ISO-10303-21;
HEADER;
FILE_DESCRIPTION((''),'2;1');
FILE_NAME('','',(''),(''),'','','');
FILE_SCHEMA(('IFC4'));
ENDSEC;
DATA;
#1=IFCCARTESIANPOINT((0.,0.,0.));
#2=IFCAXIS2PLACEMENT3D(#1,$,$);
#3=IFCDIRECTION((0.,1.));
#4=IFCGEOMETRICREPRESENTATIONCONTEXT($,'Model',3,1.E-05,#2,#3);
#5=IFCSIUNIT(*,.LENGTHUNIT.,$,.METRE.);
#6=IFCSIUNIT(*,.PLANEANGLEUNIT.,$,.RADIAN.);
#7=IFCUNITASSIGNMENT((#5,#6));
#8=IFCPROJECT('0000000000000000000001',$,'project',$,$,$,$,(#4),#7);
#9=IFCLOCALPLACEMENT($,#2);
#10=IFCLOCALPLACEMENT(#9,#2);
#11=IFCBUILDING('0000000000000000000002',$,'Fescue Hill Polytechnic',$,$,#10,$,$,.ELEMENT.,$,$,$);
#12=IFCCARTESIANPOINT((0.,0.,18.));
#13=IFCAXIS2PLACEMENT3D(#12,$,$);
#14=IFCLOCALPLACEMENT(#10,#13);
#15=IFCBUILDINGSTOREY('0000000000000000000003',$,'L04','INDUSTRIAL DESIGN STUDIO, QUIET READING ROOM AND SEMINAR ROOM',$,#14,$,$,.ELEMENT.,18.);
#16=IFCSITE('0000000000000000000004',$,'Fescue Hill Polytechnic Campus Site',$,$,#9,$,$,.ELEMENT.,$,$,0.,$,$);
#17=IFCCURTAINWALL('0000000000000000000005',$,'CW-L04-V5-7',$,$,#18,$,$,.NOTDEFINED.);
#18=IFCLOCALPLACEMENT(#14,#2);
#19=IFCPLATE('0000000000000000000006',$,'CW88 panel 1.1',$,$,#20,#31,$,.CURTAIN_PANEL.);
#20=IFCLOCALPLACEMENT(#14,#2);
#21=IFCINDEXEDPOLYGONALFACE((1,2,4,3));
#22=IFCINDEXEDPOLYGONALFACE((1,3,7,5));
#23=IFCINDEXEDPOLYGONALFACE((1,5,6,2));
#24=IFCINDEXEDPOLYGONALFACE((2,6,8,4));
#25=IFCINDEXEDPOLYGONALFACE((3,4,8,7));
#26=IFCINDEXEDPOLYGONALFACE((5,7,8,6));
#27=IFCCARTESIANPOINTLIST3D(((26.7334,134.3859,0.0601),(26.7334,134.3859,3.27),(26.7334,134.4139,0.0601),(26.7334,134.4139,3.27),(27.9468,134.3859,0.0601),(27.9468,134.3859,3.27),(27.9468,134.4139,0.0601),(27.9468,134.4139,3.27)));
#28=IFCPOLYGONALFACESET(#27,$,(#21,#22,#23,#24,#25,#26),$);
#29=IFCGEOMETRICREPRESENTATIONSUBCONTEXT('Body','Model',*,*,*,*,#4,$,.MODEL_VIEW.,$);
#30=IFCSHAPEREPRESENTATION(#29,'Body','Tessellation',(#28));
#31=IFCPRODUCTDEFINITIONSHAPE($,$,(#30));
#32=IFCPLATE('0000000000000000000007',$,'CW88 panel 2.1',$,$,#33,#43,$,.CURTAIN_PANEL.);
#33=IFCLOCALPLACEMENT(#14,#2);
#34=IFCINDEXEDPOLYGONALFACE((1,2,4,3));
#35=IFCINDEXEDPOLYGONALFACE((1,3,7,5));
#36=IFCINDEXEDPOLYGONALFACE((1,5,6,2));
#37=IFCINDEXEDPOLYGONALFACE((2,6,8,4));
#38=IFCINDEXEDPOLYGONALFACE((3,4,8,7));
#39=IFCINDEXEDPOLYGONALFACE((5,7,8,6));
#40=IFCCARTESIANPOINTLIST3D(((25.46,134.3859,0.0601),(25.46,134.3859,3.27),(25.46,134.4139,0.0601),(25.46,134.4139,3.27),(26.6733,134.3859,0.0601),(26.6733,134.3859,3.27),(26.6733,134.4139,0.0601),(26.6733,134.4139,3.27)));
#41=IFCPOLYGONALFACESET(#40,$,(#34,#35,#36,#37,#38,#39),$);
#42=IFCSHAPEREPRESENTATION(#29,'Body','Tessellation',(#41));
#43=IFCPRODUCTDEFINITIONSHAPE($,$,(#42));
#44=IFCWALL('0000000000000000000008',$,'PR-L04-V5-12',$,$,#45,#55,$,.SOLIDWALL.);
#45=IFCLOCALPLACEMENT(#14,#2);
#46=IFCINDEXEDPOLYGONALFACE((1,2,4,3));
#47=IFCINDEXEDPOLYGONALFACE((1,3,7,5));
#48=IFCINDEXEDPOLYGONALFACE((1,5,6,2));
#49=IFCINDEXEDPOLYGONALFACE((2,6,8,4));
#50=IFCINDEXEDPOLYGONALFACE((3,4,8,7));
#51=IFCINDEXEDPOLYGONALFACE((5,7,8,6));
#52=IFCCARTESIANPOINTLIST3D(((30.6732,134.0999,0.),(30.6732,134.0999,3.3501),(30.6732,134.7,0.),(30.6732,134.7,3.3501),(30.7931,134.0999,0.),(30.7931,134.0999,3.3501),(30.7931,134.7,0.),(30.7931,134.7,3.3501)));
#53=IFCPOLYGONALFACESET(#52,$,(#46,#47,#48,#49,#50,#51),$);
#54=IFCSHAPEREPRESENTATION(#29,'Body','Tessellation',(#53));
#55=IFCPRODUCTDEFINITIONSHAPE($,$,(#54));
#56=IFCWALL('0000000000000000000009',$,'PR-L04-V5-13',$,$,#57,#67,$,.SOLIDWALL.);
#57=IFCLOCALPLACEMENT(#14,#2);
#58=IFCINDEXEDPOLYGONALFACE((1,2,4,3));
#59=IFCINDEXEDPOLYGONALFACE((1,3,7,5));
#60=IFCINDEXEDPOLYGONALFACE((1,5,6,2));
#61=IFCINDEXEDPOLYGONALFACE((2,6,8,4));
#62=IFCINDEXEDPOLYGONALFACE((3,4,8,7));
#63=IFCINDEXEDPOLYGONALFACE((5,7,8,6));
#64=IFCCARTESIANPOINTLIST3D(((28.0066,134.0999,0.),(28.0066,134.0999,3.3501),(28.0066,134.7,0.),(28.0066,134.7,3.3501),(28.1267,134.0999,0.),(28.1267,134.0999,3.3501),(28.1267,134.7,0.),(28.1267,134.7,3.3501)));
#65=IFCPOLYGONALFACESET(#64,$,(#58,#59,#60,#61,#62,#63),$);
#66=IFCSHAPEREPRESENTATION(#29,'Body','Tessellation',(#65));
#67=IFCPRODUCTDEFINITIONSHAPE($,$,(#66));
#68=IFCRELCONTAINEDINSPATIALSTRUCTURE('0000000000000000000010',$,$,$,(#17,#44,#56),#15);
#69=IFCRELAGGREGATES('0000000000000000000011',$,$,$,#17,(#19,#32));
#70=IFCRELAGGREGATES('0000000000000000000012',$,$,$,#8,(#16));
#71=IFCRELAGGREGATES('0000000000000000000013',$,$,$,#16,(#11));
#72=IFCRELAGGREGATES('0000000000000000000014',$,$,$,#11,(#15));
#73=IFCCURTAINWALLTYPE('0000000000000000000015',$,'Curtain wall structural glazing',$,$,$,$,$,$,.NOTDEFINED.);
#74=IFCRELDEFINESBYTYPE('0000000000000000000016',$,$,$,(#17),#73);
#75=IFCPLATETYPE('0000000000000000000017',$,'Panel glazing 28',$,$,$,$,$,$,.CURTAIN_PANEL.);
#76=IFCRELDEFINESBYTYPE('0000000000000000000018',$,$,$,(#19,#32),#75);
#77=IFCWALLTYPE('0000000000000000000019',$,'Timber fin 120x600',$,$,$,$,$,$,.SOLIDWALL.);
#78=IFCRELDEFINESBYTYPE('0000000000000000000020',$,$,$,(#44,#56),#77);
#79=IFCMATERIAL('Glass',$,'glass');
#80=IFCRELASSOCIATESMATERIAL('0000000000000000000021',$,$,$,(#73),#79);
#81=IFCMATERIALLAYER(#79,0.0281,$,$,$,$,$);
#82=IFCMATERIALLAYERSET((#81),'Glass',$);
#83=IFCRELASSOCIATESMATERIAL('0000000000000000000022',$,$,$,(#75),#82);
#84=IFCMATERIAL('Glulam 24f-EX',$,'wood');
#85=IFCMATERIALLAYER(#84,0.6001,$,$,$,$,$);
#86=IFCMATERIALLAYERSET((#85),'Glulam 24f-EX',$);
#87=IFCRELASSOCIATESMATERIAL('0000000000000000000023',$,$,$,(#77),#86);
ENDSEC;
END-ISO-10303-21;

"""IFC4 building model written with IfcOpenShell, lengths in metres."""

from ifc_helpers import new_model, si_unit, direction, frame, frame_2d, origin, origin_2d, place, context, subcontext, project, spatial, rectangle, extrude, material, layer, layer_set, type_object, element, aggregate, save


model = new_model("IFC4")

# Units and contexts
model_context = context("Model", 3, precision=1e-05, world=origin(), true_north=direction((0.0, 1.0)))
body_context = subcontext(model_context, "Body", "Model", "MODEL_VIEW")
ifc_project = project(units=[si_unit("LENGTHUNIT", "METRE"), si_unit("PLANEANGLEUNIT", "RADIAN")], contexts=[model_context])

# Site, building, storey
site_placement = place(None, origin())
site = spatial("IfcSite", under=ifc_project, at=site_placement, Name="Fescue Hill Polytechnic Campus Site", CompositionType="ELEMENT", RefElevation=0.0)
building_placement = place(site_placement, origin())
building = spatial("IfcBuilding", under=site, at=building_placement, Name="Fescue Hill Polytechnic", CompositionType="ELEMENT")
storey_placement = place(building_placement, frame((0.0, 0.0, 18.0)))
storey = spatial("IfcBuildingStorey", under=building, at=storey_placement, Name="L04", Description="INDUSTRIAL DESIGN STUDIO, QUIET READING ROOM AND SEMINAR ROOM", CompositionType="ELEMENT", Elevation=18.0)

# Curtain wall
ifc_material_1 = material(Name="Glass", Category="glass")
curtain_wall_type = type_object("IfcCurtainWallType", Name="Curtain wall structural glazing", PredefinedType="NOTDEFINED", material=ifc_material_1)
curtain_wall_1_placement = place(storey_placement, origin())
curtain_wall_1 = element("IfcCurtainWall", 1, at=curtain_wall_1_placement, inside=storey, type_object=curtain_wall_type, Name="CW-L04-V5-7", PredefinedType="NOTDEFINED")

# Plates
ifc_layer_1 = layer(ifc_material_1, 0.0281)
ifc_layer_set_1 = layer_set([ifc_layer_1], Name="Glass")
plate_type = type_object("IfcPlateType", Name="Panel glazing 28", PredefinedType="CURTAIN_PANEL", material=ifc_layer_set_1)
plate_1_placement = place(storey_placement, frame((27.3401, 134.3999, 0.0601), z_axis=(0.0, 0.0, 1.0), x_axis=(-1.0, 0.0, 0.0)))
plate_1 = element("IfcPlate", 2, at=plate_1_placement, type_object=plate_type, Name="CW88 panel 1.1", PredefinedType="CURTAIN_PANEL", context=body_context, shape_type="SweptSolid", body=[
    extrude(rectangle(XDim=1.2134, YDim=0.0281, at=origin_2d()), origin(), (0.0, 0.0, 1.0), 3.21),
])
plate_2_placement = place(storey_placement, frame((26.0667, 134.3999, 0.0601), z_axis=(0.0, 0.0, 1.0), x_axis=(-1.0, 0.0, 0.0)))
plate_2 = element("IfcPlate", 3, at=plate_2_placement, type_object=plate_type, Name="CW88 panel 2.1", PredefinedType="CURTAIN_PANEL", context=body_context, shape_type="SweptSolid", body=[
    extrude(rectangle(XDim=1.2134, YDim=0.0281, at=origin_2d()), origin(), (0.0, 0.0, 1.0), 3.21),
])
aggregate(curtain_wall_1, [plate_1, plate_2])

# Walls
ifc_material_2 = material(Name="Glulam 24f-EX", Category="wood")
ifc_layer_2 = layer(ifc_material_2, 0.6001)
ifc_layer_set_2 = layer_set([ifc_layer_2], Name="Glulam 24f-EX")
wall_type = type_object("IfcWallType", Name="Timber fin 120x600", PredefinedType="SOLIDWALL", material=ifc_layer_set_2)
wall_1_placement = place(storey_placement, frame((30.7932, 134.3999, 0.0), z_axis=(0.0, 0.0, 1.0), x_axis=(-1.0, 0.0, 0.0)))
element("IfcWall", 4, at=wall_1_placement, inside=storey, type_object=wall_type, Name="PR-L04-V5-12", PredefinedType="SOLIDWALL", context=body_context, shape_type="SweptSolid", body=[
    extrude(rectangle(XDim=0.1199, YDim=0.6001, at=frame_2d((0.0601, 0.0))), origin(), (0.0, 0.0, 1.0), 3.3501),
])
wall_2_placement = place(storey_placement, frame((28.1267, 134.3999, 0.0), z_axis=(0.0, 0.0, 1.0), x_axis=(-1.0, 0.0, 0.0)))
element("IfcWall", 5, at=wall_2_placement, inside=storey, type_object=wall_type, Name="PR-L04-V5-13", PredefinedType="SOLIDWALL", context=body_context, shape_type="SweptSolid", body=[
    extrude(rectangle(XDim=0.1201, YDim=0.6001, at=frame_2d((0.0601, 0.0))), origin(), (0.0, 0.0, 1.0), 3.3501),
])

save(model, "model.ifc")
